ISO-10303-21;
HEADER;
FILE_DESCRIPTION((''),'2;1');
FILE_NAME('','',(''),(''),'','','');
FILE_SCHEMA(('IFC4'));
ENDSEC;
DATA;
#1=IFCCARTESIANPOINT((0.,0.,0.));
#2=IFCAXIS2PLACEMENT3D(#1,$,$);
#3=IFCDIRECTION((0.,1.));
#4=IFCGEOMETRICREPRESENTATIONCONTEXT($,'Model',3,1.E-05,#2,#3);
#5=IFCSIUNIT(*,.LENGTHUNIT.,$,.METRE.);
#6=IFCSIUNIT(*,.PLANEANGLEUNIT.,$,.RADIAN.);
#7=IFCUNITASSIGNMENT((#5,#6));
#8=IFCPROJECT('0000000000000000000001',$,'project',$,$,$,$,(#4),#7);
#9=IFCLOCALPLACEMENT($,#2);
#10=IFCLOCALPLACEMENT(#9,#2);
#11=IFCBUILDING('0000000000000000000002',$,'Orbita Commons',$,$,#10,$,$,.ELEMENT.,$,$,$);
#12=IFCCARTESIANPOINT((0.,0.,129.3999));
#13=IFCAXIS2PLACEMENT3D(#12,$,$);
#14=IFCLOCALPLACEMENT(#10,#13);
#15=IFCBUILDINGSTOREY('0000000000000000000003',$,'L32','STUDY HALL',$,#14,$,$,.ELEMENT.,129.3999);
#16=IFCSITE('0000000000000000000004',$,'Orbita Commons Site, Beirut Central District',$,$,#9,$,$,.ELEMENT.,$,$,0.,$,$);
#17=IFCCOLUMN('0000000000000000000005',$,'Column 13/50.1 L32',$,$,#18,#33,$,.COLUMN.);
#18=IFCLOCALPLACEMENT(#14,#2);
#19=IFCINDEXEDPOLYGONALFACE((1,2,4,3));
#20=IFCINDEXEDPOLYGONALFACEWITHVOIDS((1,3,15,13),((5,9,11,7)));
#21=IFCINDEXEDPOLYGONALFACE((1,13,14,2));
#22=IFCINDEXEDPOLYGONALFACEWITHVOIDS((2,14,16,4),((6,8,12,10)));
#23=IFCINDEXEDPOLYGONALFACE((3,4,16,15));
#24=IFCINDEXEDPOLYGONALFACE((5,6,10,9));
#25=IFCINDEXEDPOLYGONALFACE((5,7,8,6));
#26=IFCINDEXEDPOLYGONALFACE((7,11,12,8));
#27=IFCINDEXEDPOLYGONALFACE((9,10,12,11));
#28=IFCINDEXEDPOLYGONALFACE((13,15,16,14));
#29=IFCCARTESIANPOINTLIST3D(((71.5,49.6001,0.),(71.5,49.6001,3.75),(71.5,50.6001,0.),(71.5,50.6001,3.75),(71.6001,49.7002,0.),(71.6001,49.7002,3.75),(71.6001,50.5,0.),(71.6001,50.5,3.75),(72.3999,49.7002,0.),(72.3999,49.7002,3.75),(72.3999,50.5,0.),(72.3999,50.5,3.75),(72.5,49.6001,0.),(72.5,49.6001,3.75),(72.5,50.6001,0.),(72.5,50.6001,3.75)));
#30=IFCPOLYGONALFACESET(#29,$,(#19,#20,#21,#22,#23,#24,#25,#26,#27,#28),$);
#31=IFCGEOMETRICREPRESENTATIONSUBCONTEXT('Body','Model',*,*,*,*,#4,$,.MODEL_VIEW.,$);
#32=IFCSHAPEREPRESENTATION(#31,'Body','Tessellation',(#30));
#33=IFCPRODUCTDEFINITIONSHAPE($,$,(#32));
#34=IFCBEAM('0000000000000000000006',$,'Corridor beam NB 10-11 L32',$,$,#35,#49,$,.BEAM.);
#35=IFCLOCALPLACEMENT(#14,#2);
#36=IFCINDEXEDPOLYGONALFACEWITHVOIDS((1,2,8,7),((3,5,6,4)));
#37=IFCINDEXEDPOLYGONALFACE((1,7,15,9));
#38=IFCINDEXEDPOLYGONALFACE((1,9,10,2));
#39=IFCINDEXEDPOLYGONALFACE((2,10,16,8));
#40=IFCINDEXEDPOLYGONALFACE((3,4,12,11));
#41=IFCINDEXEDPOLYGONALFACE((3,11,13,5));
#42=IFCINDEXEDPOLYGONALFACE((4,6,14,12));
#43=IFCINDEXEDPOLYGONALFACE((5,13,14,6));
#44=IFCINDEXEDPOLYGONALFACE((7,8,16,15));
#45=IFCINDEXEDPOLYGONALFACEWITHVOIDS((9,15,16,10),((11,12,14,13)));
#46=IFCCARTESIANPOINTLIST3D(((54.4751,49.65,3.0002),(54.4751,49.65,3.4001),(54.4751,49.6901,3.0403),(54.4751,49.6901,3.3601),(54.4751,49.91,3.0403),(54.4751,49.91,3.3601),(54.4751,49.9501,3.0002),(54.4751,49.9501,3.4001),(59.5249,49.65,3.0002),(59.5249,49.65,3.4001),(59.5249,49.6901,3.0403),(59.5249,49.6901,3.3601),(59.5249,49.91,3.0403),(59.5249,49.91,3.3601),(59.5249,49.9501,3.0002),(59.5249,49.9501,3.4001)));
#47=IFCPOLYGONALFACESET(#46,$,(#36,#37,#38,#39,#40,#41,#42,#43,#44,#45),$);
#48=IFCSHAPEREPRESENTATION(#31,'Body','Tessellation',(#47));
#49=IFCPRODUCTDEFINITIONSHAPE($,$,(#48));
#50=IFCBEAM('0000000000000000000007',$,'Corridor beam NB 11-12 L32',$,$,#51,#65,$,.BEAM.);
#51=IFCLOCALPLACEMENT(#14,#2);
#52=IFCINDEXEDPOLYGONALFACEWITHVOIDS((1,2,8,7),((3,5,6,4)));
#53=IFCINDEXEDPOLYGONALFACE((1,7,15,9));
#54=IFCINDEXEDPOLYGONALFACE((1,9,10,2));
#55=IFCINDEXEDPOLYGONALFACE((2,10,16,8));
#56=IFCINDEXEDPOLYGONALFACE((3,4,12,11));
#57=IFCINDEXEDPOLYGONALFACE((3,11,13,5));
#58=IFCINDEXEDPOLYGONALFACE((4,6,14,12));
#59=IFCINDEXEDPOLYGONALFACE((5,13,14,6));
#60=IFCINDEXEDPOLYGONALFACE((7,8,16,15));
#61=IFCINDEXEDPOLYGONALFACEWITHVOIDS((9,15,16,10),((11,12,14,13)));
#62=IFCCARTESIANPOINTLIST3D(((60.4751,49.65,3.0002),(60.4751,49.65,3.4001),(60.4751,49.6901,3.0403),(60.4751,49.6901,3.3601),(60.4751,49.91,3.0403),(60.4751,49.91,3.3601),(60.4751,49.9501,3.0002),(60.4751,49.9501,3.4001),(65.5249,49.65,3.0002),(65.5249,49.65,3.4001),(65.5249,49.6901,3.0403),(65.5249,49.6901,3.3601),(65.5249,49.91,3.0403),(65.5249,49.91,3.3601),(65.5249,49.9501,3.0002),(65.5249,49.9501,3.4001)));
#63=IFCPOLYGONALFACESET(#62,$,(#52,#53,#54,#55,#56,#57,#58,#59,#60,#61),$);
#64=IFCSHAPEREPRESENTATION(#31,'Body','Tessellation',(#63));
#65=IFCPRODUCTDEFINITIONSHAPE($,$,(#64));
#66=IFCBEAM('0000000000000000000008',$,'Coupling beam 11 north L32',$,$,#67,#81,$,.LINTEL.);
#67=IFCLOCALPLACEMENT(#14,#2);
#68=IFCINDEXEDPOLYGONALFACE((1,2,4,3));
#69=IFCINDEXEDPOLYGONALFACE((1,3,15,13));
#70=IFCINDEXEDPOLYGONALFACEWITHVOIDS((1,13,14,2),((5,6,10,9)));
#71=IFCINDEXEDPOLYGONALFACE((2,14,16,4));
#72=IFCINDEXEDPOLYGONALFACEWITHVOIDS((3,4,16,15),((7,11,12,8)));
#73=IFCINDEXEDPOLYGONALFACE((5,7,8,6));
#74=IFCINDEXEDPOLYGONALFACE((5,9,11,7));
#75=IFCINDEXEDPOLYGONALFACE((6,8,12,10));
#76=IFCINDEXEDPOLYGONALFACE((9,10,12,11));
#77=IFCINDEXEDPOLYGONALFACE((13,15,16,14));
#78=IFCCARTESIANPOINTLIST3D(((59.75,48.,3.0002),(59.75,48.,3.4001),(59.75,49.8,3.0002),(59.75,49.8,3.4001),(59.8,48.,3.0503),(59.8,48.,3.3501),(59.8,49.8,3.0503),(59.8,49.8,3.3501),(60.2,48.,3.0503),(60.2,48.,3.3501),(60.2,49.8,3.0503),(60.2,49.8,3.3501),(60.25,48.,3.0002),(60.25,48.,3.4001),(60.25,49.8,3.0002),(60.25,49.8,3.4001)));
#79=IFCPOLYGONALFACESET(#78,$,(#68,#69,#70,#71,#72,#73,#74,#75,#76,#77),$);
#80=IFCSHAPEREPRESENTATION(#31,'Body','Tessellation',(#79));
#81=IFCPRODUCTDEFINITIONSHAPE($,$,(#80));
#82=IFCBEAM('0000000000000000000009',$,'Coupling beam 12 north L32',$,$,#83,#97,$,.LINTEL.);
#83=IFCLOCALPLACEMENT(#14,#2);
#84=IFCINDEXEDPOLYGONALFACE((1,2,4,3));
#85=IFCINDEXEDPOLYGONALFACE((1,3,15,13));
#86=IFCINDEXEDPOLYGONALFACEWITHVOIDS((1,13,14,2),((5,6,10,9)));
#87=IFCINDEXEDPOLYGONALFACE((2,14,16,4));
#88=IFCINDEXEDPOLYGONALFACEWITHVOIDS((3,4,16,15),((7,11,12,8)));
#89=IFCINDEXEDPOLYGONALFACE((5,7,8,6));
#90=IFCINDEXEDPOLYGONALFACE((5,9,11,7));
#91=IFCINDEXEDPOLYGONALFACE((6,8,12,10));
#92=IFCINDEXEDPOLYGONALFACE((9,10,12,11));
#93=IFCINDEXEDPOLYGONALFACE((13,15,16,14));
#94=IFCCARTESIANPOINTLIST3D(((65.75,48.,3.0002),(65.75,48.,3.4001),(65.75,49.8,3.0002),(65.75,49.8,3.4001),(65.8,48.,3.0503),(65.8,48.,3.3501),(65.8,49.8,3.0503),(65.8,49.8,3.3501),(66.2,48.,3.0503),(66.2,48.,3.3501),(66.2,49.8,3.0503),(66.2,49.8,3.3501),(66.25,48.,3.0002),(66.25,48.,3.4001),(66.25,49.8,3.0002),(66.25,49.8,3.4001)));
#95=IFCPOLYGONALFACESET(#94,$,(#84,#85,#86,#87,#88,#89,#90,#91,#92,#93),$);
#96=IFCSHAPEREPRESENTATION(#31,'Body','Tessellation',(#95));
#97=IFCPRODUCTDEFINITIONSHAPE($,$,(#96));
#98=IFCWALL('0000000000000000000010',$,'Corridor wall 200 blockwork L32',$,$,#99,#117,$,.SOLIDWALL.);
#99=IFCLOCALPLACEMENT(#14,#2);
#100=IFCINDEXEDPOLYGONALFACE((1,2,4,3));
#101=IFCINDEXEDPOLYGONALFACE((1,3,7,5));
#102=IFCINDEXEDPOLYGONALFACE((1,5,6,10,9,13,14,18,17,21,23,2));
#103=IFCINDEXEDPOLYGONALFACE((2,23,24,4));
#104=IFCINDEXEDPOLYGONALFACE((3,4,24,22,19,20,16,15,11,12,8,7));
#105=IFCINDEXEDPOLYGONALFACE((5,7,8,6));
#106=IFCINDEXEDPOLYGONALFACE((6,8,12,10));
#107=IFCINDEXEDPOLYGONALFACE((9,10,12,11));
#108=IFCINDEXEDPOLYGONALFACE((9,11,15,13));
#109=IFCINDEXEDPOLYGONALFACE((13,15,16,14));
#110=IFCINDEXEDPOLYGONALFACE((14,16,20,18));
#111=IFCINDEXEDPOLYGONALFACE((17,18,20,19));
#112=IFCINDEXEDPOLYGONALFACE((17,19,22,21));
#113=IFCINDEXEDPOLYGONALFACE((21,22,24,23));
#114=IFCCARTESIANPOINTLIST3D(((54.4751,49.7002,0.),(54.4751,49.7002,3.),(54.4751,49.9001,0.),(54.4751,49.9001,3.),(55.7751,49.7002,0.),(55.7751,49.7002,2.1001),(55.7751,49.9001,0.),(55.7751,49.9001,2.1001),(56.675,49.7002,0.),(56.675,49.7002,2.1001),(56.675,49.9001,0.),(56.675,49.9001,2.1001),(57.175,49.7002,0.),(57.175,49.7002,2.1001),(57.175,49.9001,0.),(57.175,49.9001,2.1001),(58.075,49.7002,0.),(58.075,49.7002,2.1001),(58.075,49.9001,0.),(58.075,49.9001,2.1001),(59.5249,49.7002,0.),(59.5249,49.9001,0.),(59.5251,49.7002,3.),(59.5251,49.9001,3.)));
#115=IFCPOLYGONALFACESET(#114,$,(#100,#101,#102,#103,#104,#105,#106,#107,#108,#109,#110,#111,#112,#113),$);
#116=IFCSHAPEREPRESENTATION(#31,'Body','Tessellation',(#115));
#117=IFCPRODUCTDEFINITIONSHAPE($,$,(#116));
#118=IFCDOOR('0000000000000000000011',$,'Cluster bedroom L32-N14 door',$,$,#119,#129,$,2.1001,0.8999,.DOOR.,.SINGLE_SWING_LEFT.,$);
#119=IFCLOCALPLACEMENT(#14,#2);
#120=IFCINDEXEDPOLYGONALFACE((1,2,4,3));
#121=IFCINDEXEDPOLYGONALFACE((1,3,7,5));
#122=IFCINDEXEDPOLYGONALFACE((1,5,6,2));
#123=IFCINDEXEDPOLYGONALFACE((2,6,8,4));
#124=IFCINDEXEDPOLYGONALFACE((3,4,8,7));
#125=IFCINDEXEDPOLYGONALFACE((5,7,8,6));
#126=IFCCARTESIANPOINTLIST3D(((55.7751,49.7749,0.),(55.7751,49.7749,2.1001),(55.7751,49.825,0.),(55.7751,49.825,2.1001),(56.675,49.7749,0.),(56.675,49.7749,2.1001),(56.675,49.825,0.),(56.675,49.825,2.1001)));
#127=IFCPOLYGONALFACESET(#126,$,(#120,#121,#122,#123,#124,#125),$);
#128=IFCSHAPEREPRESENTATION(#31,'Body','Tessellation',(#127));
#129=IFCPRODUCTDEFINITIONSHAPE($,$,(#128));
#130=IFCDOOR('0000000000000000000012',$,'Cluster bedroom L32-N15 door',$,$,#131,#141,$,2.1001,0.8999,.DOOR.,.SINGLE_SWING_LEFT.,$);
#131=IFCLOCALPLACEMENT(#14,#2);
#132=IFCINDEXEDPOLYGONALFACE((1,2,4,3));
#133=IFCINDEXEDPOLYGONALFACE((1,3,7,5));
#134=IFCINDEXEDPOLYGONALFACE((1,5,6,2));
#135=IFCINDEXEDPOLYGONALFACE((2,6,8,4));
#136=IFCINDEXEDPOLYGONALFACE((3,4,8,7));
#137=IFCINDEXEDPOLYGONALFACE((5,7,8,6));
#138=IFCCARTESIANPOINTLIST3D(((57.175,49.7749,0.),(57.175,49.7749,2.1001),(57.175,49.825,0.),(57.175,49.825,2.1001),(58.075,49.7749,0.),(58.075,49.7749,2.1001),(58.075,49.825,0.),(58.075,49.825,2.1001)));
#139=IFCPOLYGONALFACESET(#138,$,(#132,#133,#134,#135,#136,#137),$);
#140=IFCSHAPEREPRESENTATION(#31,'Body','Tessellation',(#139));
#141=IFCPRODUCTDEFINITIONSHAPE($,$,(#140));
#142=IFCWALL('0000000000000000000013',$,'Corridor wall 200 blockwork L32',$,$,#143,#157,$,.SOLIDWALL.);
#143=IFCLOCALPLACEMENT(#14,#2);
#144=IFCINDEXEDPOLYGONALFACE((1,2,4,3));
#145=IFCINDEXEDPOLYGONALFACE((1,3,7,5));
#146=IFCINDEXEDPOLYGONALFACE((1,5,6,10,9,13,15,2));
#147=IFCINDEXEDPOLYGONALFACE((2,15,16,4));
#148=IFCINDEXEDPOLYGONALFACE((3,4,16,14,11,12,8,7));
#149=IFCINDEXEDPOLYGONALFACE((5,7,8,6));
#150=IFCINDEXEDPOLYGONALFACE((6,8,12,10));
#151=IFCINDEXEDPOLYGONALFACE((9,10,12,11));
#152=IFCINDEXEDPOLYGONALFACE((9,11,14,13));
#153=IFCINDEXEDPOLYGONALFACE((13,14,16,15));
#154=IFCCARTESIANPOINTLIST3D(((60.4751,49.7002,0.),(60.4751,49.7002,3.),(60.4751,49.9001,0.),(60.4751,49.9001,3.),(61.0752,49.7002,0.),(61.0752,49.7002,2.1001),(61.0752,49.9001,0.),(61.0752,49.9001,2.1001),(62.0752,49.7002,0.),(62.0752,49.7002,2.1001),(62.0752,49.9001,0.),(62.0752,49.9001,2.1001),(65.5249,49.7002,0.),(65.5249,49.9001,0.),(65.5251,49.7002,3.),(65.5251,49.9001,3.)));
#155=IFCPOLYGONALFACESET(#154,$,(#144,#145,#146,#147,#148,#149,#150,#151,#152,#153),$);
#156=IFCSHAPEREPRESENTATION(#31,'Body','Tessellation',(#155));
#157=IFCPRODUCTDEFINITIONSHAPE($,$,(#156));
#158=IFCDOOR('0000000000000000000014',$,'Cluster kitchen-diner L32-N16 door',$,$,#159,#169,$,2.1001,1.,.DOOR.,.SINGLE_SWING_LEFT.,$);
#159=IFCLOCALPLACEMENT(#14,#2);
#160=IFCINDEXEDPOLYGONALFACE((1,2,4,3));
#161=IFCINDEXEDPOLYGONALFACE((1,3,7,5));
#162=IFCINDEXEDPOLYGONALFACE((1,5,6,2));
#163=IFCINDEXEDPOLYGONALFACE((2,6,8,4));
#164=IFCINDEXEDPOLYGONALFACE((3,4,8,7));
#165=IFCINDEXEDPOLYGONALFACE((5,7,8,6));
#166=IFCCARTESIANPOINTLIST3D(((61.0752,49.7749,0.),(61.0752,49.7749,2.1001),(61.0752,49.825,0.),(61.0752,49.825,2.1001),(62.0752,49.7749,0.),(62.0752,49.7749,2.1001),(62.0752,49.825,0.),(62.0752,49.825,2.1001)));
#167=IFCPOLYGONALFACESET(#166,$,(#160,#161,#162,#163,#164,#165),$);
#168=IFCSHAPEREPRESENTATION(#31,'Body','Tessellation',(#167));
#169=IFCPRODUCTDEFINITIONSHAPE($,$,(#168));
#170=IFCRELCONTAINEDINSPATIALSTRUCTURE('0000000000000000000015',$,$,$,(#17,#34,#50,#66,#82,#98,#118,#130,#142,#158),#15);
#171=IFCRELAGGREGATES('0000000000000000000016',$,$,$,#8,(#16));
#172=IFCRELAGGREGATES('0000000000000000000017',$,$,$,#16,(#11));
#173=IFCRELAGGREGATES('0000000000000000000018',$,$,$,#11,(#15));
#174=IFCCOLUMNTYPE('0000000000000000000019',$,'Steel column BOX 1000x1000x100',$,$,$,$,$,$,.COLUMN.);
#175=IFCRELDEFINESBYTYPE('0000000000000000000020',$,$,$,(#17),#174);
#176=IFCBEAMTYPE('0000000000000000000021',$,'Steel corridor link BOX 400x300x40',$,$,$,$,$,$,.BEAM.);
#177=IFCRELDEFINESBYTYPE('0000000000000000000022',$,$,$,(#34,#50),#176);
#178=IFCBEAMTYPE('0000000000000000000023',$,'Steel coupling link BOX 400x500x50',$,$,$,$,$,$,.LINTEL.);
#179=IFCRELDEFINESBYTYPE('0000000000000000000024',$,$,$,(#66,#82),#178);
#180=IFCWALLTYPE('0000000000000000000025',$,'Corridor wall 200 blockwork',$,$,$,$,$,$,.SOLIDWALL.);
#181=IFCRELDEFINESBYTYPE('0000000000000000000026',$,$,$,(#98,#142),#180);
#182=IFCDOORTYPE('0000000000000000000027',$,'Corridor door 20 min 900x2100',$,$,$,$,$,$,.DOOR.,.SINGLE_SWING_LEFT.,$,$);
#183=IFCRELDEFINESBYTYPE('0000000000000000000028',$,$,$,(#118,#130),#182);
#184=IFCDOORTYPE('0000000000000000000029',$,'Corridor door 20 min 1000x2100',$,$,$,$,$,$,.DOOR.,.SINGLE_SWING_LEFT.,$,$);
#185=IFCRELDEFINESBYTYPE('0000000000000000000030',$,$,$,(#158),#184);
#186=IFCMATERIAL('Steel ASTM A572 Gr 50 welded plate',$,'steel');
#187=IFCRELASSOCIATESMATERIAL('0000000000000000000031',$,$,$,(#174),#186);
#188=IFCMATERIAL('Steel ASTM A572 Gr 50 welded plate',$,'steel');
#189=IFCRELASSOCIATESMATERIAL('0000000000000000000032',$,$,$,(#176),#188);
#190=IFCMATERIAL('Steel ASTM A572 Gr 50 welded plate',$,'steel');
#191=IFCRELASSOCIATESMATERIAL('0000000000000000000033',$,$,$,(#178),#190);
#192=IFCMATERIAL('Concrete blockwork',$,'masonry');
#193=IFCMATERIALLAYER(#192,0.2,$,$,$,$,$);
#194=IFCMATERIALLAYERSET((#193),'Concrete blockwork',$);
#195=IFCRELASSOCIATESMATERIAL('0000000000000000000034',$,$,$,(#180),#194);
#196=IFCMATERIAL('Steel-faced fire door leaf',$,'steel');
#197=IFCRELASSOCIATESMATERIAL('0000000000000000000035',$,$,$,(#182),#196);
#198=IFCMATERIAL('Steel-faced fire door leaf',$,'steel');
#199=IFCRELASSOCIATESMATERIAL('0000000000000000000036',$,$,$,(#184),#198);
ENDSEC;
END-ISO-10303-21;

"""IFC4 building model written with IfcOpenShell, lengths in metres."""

from ifc_helpers import new_model, si_unit, direction, frame, frame_2d, origin, origin_2d, place, context, subcontext, project, spatial, polyline, rectangle, hollow_rectangle, outline, extrude, material, layer, layer_set, material_profile, profile_set, type_object, element, fill, save


model = new_model("IFC4")

# Units and contexts
model_context = context("Model", 3, precision=1e-05, world=origin(), true_north=direction((0.0, 1.0)))
body_context = subcontext(model_context, "Body", "Model", "MODEL_VIEW")
ifc_project = project(units=[si_unit("LENGTHUNIT", "METRE"), si_unit("PLANEANGLEUNIT", "RADIAN")], contexts=[model_context])

# Site, building, storey
site_placement = place(None, origin())
site = spatial("IfcSite", under=ifc_project, at=site_placement, Name="Orbita Commons Site, Beirut Central District", CompositionType="ELEMENT", RefElevation=0.0)
building_placement = place(site_placement, origin())
building = spatial("IfcBuilding", under=site, at=building_placement, Name="Orbita Commons", CompositionType="ELEMENT")
storey_placement = place(building_placement, frame((0.0, 0.0, 129.3999)))
storey = spatial("IfcBuildingStorey", under=building, at=storey_placement, Name="L32", Description="STUDY HALL", CompositionType="ELEMENT", Elevation=129.3999)

# Column
ifc_material_1 = material(Name="Steel ASTM A572 Gr 50 welded plate", Category="steel")
ifc_material_profile_1 = material_profile(ifc_material_1, hollow_rectangle(XDim=1.0, YDim=1.0, WallThickness=0.1001, at=origin_2d()), Name="BOX 1000x1000x100")
ifc_profile_set_1 = profile_set([ifc_material_profile_1], Name="Steel ASTM A572 Gr 50 welded plate")
column_type = type_object("IfcColumnType", Name="Steel column BOX 1000x1000x100", PredefinedType="COLUMN", material=ifc_profile_set_1)
column_placement = place(storey_placement, frame((72.0, 50.1001, 0.0), z_axis=(0.0, 0.0, 1.0), x_axis=(1.0, 0.0, 0.0)))
element("IfcColumn", 1, at=column_placement, inside=storey, type_object=column_type, Name="Column 13/50.1 L32", PredefinedType="COLUMN", context=body_context, shape_type="SweptSolid", body=[
    extrude(hollow_rectangle(XDim=1.0, YDim=1.0, WallThickness=0.1001, at=origin_2d()), origin(), (0.0, 0.0, 1.0), 3.75),
])

# Beams
ifc_material_2 = material(Name="Steel ASTM A572 Gr 50 welded plate", Category="steel")
ifc_material_profile_2 = material_profile(ifc_material_2, hollow_rectangle(XDim=0.3, YDim=0.3999, WallThickness=0.04, at=origin_2d()), Name="BOX 400x300x40")
ifc_profile_set_2 = profile_set([ifc_material_profile_2], Name="Steel ASTM A572 Gr 50 welded plate")
beam_type_1 = type_object("IfcBeamType", Name="Steel corridor link BOX 400x300x40", PredefinedType="BEAM", material=ifc_profile_set_2)
for number, where, z_axis, x_axis, name in (
    (2, (54.4751, 49.8, 3.2002), (1.0, 0.0, 0.0), (0.0, 1.0, 0.0), "Corridor beam NB 10-11 L32"),
    (3, (60.4751, 49.8, 3.2002), (1.0, 0.0, 0.0), (0.0, 1.0, 0.0), "Corridor beam NB 11-12 L32"),
):
    element("IfcBeam", number, at=place(storey_placement, frame(where, z_axis=z_axis, x_axis=x_axis)), inside=storey, type_object=beam_type_1, Name=name, PredefinedType="BEAM", context=body_context, shape_type="SweptSolid", body=[
        extrude(hollow_rectangle(XDim=0.3, YDim=0.3999, WallThickness=0.04, at=origin_2d()), origin(), (0.0, 0.0, 1.0), 5.0498),
    ])
ifc_material_3 = material(Name="Steel ASTM A572 Gr 50 welded plate", Category="steel")
ifc_material_profile_3 = material_profile(ifc_material_3, hollow_rectangle(XDim=0.5, YDim=0.3999, WallThickness=0.05, at=origin_2d()), Name="BOX 400x500x50")
ifc_profile_set_3 = profile_set([ifc_material_profile_3], Name="Steel ASTM A572 Gr 50 welded plate")
beam_type_2 = type_object("IfcBeamType", Name="Steel coupling link BOX 400x500x50", PredefinedType="LINTEL", material=ifc_profile_set_3)
for number, where, z_axis, x_axis, name in (
    (4, (60.0, 48.0, 3.2002), (0.0, 1.0, 0.0), (-1.0, 0.0, 0.0), "Coupling beam 11 north L32"),
    (5, (66.0, 48.0, 3.2002), (0.0, 1.0, 0.0), (-1.0, 0.0, 0.0), "Coupling beam 12 north L32"),
):
    element("IfcBeam", number, at=place(storey_placement, frame(where, z_axis=z_axis, x_axis=x_axis)), inside=storey, type_object=beam_type_2, Name=name, PredefinedType="LINTEL", context=body_context, shape_type="SweptSolid", body=[
        extrude(hollow_rectangle(XDim=0.5, YDim=0.3999, WallThickness=0.05, at=origin_2d()), origin(), (0.0, 0.0, 1.0), 1.8),
    ])

# Wall, openings, doors
ifc_material_4 = material(Name="Concrete blockwork", Category="masonry")
ifc_layer_1 = layer(ifc_material_4, 0.2)
ifc_layer_set_1 = layer_set([ifc_layer_1], Name="Concrete blockwork")
wall_type_1 = type_object("IfcWallType", Name="Corridor wall 200 blockwork", PredefinedType="SOLIDWALL", material=ifc_layer_set_1)
wall_1_placement = place(storey_placement, frame((54.4751, 49.8, 0.0), z_axis=(0.0, 0.0, 1.0), x_axis=(1.0, 0.0, 0.0)))
wall_1 = element("IfcWall", 6, at=wall_1_placement, inside=storey, type_object=wall_type_1, Name="Corridor wall 200 blockwork L32", PredefinedType="SOLIDWALL", context=body_context, shape_type="SweptSolid", body=[
    extrude(outline(polyline([(0.0, 0.0), (5.0498, 0.0), (5.05, 3.0), (0.0, 3.0), (0.0, 0.0)])), frame((0.0, 0.1001, 0.0), z_axis=(0.0, -1.0, 0.0), x_axis=(1.0, 0.0, 0.0)), (0.0, 0.0, 1.0), 0.2),
])
opening_1_placement = place(wall_1_placement, frame((1.3, 0.0, 0.0)))
opening_1 = element("IfcOpeningElement", 7, at=opening_1_placement, cuts=wall_1, PredefinedType="OPENING", context=body_context, shape_type="SweptSolid", body=[
    extrude(rectangle(XDim=0.8999, YDim=2.1001, at=frame_2d((0.45, 1.05))), frame((0.0, 0.1099, 0.0), z_axis=(0.0, -1.0, 0.0), x_axis=(1.0, 0.0, 0.0)), (0.0, 0.0, 1.0), 0.22),
])
opening_2_placement = place(wall_1_placement, frame((2.7, 0.0, 0.0)))
opening_2 = element("IfcOpeningElement", 8, at=opening_2_placement, cuts=wall_1, PredefinedType="OPENING", context=body_context, shape_type="SweptSolid", body=[
    extrude(rectangle(XDim=0.8999, YDim=2.1001, at=frame_2d((0.45, 1.05))), frame((0.0, 0.1099, 0.0), z_axis=(0.0, -1.0, 0.0), x_axis=(1.0, 0.0, 0.0)), (0.0, 0.0, 1.0), 0.22),
])
ifc_material_5 = material(Name="Steel-faced fire door leaf", Category="steel")
door_type_1 = type_object("IfcDoorType", Name="Corridor door 20 min 900x2100", OperationType="SINGLE_SWING_LEFT", PredefinedType="DOOR", material=ifc_material_5)
door_1_placement = place(opening_1_placement, origin())
door_1 = element("IfcDoor", 9, at=door_1_placement, inside=storey, type_object=door_type_1, Name="Cluster bedroom L32-N14 door", OperationType="SINGLE_SWING_LEFT", OverallHeight=2.1001, OverallWidth=0.8999, PredefinedType="DOOR", context=body_context, shape_type="SweptSolid", body=[
    extrude(rectangle(XDim=0.8999, YDim=2.1001, at=frame_2d((0.45, 1.05))), frame((0.0, 0.0249, 0.0), z_axis=(0.0, -1.0, 0.0), x_axis=(1.0, 0.0, 0.0)), (0.0, 0.0, 1.0), 0.05),
])
fill(opening_1, door_1)
door_2_placement = place(opening_2_placement, origin())
door_2 = element("IfcDoor", 10, at=door_2_placement, inside=storey, type_object=door_type_1, Name="Cluster bedroom L32-N15 door", OperationType="SINGLE_SWING_LEFT", OverallHeight=2.1001, OverallWidth=0.8999, PredefinedType="DOOR", context=body_context, shape_type="SweptSolid", body=[
    extrude(rectangle(XDim=0.8999, YDim=2.1001, at=frame_2d((0.45, 1.05))), frame((0.0, 0.0249, 0.0), z_axis=(0.0, -1.0, 0.0), x_axis=(1.0, 0.0, 0.0)), (0.0, 0.0, 1.0), 0.05),
])
fill(opening_2, door_2)

# Wall, opening, door
wall_2_placement = place(storey_placement, frame((60.4751, 49.8, 0.0), z_axis=(0.0, 0.0, 1.0), x_axis=(1.0, 0.0, 0.0)))
wall_2 = element("IfcWall", 11, at=wall_2_placement, inside=storey, type_object=wall_type_1, Name="Corridor wall 200 blockwork L32", PredefinedType="SOLIDWALL", context=body_context, shape_type="SweptSolid", body=[
    extrude(outline(polyline([(0.0, 0.0), (5.0498, 0.0), (5.05, 3.0), (0.0, 3.0), (0.0, 0.0)])), frame((0.0, 0.1001, 0.0), z_axis=(0.0, -1.0, 0.0), x_axis=(1.0, 0.0, 0.0)), (0.0, 0.0, 1.0), 0.2),
])
opening_3_placement = place(wall_2_placement, frame((0.6001, 0.0, 0.0)))
opening_3 = element("IfcOpeningElement", 12, at=opening_3_placement, cuts=wall_2, PredefinedType="OPENING", context=body_context, shape_type="SweptSolid", body=[
    extrude(rectangle(XDim=1.0, YDim=2.1001, at=frame_2d((0.5, 1.05))), frame((0.0, 0.1099, 0.0), z_axis=(0.0, -1.0, 0.0), x_axis=(1.0, 0.0, 0.0)), (0.0, 0.0, 1.0), 0.22),
])
ifc_material_6 = material(Name="Steel-faced fire door leaf", Category="steel")
door_type_2 = type_object("IfcDoorType", Name="Corridor door 20 min 1000x2100", OperationType="SINGLE_SWING_LEFT", PredefinedType="DOOR", material=ifc_material_6)
door_3_placement = place(opening_3_placement, origin())
door_3 = element("IfcDoor", 13, at=door_3_placement, inside=storey, type_object=door_type_2, Name="Cluster kitchen-diner L32-N16 door", OperationType="SINGLE_SWING_LEFT", OverallHeight=2.1001, OverallWidth=1.0, PredefinedType="DOOR", context=body_context, shape_type="SweptSolid", body=[
    extrude(rectangle(XDim=1.0, YDim=2.1001, at=frame_2d((0.5, 1.05))), frame((0.0, 0.0249, 0.0), z_axis=(0.0, -1.0, 0.0), x_axis=(1.0, 0.0, 0.0)), (0.0, 0.0, 1.0), 0.05),
])
fill(opening_3, door_3)

save(model, "model.ifc")
